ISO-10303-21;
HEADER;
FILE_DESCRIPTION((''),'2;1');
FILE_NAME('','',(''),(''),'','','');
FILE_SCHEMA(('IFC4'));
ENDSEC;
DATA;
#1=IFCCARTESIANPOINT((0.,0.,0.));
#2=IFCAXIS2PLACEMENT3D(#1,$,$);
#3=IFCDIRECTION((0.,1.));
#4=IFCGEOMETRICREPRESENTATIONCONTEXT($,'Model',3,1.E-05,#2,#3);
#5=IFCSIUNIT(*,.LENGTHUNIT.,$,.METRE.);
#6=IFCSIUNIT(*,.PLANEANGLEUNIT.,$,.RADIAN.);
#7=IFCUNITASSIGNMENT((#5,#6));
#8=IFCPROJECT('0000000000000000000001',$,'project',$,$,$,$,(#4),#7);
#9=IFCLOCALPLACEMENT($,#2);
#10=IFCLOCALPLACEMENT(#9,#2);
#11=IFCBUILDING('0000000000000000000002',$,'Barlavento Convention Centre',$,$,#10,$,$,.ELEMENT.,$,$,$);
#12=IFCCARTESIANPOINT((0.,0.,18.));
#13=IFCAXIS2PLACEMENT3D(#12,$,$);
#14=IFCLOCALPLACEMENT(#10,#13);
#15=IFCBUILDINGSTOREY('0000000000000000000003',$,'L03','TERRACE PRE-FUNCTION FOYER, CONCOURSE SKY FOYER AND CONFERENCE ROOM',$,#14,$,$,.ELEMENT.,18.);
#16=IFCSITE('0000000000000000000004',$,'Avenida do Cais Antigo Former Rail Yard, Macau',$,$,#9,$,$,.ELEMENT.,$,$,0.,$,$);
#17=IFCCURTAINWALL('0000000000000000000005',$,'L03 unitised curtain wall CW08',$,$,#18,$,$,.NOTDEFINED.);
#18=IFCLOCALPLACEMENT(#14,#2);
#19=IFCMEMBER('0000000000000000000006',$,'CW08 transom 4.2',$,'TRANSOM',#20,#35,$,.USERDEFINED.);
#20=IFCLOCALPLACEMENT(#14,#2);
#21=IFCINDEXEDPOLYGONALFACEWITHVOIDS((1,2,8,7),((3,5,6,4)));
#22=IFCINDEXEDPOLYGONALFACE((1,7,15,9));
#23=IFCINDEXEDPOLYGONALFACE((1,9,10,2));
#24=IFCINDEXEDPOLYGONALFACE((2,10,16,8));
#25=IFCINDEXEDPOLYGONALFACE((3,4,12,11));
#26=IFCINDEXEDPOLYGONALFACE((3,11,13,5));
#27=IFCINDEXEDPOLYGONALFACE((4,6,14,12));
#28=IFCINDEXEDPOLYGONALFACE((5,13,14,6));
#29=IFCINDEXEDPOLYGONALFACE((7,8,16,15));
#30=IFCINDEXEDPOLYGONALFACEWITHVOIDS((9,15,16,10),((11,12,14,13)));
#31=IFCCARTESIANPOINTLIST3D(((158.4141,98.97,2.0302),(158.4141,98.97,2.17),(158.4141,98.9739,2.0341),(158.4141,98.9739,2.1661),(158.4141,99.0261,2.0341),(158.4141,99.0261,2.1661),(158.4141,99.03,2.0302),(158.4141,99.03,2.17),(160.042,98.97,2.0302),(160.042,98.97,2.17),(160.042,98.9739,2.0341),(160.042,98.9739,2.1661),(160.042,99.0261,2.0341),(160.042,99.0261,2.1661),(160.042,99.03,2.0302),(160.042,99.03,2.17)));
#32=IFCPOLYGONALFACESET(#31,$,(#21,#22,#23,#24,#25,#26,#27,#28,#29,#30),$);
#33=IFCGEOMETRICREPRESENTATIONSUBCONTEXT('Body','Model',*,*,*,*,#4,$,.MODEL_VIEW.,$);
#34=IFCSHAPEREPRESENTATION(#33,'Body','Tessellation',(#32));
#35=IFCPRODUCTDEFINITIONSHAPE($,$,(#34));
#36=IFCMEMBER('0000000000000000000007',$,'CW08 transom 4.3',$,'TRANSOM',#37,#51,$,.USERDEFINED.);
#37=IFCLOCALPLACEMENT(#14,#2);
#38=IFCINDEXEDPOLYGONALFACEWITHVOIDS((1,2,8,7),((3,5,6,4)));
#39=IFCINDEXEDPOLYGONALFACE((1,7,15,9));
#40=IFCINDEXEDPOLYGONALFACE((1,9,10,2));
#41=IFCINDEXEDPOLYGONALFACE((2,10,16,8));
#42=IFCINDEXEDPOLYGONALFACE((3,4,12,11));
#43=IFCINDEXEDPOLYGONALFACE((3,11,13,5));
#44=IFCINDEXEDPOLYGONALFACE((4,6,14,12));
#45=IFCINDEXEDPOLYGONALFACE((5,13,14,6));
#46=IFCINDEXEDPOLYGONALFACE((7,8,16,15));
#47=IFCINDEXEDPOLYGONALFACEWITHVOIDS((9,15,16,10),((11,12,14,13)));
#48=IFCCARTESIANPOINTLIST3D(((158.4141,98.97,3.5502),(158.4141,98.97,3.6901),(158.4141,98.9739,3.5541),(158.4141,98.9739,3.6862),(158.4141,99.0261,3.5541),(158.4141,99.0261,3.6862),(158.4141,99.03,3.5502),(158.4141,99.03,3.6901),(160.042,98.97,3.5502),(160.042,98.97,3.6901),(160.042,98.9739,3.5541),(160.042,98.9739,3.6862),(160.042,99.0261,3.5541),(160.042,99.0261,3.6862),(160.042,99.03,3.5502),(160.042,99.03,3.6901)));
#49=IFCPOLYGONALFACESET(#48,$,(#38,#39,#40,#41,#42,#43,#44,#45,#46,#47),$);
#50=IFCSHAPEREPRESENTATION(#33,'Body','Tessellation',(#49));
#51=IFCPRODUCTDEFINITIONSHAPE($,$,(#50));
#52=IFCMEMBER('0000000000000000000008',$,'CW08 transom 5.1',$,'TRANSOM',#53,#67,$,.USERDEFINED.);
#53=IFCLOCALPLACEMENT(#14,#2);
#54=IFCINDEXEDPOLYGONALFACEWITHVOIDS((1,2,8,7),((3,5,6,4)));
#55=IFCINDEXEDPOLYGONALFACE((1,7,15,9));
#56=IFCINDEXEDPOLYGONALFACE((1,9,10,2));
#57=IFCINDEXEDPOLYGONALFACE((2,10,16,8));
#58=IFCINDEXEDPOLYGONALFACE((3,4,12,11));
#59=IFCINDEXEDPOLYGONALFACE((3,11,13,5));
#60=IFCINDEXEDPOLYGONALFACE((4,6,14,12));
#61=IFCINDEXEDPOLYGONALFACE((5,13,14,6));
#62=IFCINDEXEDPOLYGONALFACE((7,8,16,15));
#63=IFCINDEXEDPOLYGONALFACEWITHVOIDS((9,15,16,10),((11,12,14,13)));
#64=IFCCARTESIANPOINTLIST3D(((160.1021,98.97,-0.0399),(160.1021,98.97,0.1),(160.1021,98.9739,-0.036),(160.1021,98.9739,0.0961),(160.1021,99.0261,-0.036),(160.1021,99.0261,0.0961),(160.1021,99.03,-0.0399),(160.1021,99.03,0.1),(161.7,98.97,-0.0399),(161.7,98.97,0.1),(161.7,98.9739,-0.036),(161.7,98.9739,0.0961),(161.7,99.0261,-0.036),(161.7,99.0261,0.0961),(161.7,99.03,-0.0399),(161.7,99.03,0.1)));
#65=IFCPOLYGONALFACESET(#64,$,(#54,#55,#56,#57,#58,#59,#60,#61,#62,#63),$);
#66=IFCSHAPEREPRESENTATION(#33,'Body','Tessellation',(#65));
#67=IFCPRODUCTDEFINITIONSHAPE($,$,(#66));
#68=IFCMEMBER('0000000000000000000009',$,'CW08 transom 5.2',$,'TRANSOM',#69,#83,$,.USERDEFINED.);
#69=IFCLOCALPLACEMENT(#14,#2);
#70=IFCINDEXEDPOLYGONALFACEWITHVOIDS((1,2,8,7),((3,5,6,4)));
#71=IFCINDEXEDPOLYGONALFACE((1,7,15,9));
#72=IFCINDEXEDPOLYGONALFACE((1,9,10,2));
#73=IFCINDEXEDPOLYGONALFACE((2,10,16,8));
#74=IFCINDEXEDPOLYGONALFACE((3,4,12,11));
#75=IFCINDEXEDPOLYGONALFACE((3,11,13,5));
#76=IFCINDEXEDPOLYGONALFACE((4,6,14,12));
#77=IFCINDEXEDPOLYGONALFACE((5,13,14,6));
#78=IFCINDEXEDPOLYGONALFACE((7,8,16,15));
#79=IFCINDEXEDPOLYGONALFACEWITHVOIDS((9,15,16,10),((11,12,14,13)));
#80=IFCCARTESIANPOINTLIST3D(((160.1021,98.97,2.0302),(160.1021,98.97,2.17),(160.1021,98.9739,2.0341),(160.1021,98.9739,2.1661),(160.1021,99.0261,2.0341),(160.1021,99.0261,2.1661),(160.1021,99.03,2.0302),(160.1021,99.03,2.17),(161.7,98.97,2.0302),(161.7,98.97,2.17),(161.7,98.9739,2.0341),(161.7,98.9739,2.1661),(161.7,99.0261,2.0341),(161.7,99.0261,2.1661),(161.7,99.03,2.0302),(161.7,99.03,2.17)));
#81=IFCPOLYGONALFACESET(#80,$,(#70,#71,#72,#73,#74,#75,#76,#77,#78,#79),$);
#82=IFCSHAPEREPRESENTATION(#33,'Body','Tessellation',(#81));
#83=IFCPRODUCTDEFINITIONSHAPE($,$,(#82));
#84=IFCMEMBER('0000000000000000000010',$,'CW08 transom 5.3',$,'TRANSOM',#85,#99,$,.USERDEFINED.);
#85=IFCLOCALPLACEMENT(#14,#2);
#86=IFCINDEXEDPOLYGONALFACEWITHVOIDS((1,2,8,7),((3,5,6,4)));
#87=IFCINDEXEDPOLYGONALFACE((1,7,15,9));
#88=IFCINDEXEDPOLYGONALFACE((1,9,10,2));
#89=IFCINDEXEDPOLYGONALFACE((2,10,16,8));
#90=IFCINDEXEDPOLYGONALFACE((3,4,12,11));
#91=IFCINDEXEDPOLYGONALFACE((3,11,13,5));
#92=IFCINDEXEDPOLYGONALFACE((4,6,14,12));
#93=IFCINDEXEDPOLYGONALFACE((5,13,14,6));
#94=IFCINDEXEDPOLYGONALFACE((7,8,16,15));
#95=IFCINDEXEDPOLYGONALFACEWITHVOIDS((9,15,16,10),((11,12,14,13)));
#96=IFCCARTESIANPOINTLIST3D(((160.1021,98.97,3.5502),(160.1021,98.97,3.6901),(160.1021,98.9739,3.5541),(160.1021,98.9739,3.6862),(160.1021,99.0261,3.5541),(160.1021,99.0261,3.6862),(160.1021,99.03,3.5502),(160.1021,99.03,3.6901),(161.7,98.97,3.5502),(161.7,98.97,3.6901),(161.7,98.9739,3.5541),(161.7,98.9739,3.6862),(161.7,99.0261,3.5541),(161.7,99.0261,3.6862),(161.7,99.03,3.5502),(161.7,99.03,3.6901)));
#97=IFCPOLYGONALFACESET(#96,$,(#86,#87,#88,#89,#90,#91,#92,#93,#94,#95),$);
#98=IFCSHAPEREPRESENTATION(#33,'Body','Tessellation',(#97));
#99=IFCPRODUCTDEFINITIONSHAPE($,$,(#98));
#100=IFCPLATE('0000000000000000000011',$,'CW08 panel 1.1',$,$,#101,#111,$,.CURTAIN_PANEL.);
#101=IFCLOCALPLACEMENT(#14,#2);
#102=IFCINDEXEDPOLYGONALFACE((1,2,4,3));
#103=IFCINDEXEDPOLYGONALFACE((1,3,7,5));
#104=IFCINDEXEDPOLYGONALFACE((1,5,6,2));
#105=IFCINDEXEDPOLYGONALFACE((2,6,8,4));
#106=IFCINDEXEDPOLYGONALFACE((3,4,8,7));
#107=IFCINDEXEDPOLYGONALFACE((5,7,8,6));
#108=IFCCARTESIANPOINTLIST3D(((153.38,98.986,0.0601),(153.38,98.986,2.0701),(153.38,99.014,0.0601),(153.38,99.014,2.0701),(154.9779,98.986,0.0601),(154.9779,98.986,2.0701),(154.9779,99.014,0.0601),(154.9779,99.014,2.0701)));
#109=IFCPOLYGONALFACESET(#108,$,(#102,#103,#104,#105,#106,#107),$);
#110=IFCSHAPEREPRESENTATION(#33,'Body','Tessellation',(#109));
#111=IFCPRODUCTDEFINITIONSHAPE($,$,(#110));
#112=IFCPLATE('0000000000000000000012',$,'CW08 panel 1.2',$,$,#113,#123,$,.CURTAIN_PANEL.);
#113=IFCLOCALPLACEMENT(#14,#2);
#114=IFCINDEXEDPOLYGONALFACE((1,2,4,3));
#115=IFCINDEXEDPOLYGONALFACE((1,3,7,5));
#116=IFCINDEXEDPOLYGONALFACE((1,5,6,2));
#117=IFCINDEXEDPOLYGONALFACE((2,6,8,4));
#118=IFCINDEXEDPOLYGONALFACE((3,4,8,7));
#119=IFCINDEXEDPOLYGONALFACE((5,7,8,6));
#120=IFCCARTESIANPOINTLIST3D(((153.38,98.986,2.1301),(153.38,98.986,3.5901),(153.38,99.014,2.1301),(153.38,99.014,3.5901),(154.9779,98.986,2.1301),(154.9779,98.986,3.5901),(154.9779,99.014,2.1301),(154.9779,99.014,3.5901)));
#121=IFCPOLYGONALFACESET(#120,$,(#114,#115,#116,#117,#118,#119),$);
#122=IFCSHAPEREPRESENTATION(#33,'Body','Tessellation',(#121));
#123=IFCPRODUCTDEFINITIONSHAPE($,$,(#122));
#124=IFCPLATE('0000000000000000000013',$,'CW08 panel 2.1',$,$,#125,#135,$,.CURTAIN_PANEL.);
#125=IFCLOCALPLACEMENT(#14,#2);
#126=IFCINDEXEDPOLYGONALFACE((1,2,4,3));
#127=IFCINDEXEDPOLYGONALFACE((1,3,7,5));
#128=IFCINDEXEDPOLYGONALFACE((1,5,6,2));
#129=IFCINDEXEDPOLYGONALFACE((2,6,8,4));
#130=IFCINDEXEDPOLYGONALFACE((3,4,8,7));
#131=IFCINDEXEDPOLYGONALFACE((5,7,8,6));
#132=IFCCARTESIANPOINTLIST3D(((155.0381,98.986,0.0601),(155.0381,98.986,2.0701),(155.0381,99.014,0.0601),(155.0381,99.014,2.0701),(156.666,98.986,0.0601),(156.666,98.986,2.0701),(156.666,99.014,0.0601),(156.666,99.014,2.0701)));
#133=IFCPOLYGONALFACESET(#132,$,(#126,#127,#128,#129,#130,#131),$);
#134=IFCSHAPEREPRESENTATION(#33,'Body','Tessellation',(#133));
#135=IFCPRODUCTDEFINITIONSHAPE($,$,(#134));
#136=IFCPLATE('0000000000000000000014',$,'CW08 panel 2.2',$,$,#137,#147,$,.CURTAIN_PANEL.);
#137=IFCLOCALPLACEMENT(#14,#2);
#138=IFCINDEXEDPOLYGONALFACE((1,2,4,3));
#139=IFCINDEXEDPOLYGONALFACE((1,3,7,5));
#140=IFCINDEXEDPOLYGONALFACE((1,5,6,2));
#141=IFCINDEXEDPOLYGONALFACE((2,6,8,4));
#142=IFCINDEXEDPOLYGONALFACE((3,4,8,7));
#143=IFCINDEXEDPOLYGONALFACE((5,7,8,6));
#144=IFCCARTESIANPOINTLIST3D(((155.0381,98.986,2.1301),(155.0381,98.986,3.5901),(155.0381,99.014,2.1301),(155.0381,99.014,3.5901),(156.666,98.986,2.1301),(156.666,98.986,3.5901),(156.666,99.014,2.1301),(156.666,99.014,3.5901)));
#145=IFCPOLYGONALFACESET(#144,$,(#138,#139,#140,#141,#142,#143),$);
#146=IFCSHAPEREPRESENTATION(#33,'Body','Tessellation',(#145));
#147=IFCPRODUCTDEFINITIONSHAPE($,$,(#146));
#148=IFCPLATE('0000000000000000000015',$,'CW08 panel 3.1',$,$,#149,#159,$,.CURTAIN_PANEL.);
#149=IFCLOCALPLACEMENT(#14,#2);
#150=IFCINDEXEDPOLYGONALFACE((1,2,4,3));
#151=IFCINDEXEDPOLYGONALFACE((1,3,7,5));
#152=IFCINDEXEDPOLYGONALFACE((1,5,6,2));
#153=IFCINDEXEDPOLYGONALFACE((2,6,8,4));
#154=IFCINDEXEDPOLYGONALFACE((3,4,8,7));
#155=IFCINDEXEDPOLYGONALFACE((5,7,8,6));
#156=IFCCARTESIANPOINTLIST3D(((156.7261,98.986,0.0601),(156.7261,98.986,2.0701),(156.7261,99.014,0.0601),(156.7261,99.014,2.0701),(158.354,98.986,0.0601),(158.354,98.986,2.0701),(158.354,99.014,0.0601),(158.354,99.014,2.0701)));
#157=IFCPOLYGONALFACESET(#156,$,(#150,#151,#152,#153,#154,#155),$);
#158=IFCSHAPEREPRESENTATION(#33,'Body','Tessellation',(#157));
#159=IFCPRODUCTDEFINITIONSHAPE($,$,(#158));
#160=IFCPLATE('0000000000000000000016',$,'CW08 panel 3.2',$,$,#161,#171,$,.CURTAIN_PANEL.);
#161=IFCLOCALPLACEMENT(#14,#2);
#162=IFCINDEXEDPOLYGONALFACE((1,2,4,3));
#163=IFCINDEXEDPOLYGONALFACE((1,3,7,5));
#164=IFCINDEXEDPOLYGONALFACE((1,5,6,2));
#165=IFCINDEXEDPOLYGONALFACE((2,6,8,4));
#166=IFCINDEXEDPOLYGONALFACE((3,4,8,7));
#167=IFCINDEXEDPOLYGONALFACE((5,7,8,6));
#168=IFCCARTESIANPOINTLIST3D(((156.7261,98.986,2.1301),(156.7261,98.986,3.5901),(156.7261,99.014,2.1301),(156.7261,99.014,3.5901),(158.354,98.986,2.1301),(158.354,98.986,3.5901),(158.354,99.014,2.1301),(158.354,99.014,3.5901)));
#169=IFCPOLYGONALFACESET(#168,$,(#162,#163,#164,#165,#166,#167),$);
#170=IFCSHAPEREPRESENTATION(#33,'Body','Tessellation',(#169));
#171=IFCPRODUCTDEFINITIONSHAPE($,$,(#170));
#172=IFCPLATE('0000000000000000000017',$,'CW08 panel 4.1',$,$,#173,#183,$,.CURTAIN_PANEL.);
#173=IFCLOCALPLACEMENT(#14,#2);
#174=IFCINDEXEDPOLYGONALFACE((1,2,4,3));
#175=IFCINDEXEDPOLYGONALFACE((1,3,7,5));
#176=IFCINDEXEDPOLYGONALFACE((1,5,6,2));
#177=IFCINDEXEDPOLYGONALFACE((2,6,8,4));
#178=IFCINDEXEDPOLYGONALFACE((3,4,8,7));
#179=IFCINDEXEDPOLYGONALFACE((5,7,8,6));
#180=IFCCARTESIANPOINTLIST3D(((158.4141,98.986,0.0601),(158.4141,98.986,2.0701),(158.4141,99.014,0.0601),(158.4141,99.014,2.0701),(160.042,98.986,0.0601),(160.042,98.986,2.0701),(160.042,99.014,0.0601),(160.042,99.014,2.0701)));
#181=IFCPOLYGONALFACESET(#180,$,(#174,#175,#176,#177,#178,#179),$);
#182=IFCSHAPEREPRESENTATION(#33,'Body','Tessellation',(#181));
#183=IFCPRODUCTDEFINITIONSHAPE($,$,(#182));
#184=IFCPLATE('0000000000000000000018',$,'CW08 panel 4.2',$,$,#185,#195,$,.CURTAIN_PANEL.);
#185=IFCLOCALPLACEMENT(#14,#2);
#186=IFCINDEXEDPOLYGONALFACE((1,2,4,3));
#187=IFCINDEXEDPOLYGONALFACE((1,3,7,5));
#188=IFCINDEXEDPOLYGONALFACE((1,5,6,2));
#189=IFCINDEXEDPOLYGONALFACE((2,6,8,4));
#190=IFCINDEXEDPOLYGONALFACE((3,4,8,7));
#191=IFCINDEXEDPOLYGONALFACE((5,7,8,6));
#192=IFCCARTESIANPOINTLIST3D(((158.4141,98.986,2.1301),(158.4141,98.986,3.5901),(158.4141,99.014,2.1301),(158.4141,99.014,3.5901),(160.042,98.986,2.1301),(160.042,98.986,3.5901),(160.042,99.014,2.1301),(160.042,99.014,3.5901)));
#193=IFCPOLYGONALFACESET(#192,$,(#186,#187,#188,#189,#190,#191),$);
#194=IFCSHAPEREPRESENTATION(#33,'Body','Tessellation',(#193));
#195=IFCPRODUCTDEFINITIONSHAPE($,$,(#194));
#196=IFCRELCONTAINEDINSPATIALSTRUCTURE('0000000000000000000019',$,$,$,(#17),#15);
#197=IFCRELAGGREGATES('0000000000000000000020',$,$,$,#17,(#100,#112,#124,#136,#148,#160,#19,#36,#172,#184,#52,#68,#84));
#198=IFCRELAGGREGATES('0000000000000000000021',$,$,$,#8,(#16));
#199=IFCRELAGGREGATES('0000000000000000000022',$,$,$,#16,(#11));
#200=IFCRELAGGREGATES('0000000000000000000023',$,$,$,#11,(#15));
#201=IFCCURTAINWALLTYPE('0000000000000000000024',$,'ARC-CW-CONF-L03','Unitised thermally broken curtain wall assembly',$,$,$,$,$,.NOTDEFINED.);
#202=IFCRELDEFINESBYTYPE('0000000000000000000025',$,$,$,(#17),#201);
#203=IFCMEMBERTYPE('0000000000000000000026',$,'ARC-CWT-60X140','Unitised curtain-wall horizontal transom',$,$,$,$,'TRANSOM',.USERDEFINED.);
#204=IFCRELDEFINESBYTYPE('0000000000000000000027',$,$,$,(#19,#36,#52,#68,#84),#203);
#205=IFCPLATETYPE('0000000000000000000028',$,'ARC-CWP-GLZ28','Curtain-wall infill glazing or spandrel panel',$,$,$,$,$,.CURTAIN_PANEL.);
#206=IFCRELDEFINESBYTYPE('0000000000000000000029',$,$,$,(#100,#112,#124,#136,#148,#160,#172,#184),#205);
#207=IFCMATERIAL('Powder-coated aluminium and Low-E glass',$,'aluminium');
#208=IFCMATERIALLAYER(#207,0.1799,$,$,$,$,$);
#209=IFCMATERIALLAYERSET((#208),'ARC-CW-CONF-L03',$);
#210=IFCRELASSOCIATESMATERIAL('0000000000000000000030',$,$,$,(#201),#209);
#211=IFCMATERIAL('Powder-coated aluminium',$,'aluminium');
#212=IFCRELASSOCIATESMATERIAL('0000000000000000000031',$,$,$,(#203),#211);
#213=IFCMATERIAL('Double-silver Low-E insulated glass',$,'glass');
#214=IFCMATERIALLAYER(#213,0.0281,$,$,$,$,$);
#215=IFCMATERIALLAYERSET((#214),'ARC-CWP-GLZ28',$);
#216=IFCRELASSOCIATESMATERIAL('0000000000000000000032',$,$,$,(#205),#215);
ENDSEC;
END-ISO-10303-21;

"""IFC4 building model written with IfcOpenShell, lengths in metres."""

from ifc_helpers import new_model, si_unit, direction, frame, origin, origin_2d, place, context, subcontext, project, spatial, rectangle, hollow_rectangle, extrude, material, layer, layer_set, material_profile, profile_set, type_object, element, aggregate, save


model = new_model("IFC4")

# Units and contexts
model_context = context("Model", 3, precision=1e-05, world=origin(), true_north=direction((0.0, 1.0)))
body_context = subcontext(model_context, "Body", "Model", "MODEL_VIEW")
ifc_project = project(units=[si_unit("LENGTHUNIT", "METRE"), si_unit("PLANEANGLEUNIT", "RADIAN")], contexts=[model_context])

# Site, building, storey
site_placement = place(None, origin())
site = spatial("IfcSite", under=ifc_project, at=site_placement, Name="Avenida do Cais Antigo Former Rail Yard, Macau", CompositionType="ELEMENT", RefElevation=0.0)
building_placement = place(site_placement, origin())
building = spatial("IfcBuilding", under=site, at=building_placement, Name="Barlavento Convention Centre", CompositionType="ELEMENT")
storey_placement = place(building_placement, frame((0.0, 0.0, 18.0)))
storey = spatial("IfcBuildingStorey", under=building, at=storey_placement, Name="L03", Description="TERRACE PRE-FUNCTION FOYER, CONCOURSE SKY FOYER AND CONFERENCE ROOM", CompositionType="ELEMENT", Elevation=18.0)

# Curtain wall, members, plates
ifc_material_1 = material(Name="Powder-coated aluminium and Low-E glass", Category="aluminium")
ifc_layer_1 = layer(ifc_material_1, 0.1799)
ifc_layer_set_1 = layer_set([ifc_layer_1], Name="ARC-CW-CONF-L03")
curtain_wall_type = type_object("IfcCurtainWallType", Name="ARC-CW-CONF-L03", Description="Unitised thermally broken curtain wall assembly", PredefinedType="NOTDEFINED", material=ifc_layer_set_1)
curtain_wall_placement = place(storey_placement, origin())
curtain_wall = element("IfcCurtainWall", 1, at=curtain_wall_placement, inside=storey, type_object=curtain_wall_type, Name="L03 unitised curtain wall CW08", PredefinedType="NOTDEFINED")
ifc_material_2 = material(Name="Powder-coated aluminium", Category="aluminium")
ifc_material_profile_1 = material_profile(ifc_material_2, hollow_rectangle(XDim=0.0601, YDim=0.1399, WallThickness=0.0039, at=origin_2d()), Name="AL-TRAN 60x140x4")
ifc_profile_set_1 = profile_set([ifc_material_profile_1], Name="Powder-coated aluminium")
member_type_1 = type_object("IfcMemberType", Name="ARC-CWT-60X140", Description="Unitised curtain-wall horizontal transom", ElementType="TRANSOM", PredefinedType="USERDEFINED", material=ifc_profile_set_1)
member_1_placement = place(storey_placement, frame((158.4141, 99.0, 2.1001), z_axis=(1.0, 0.0, 0.0), x_axis=(0.0, 1.0, 0.0)))
member_1 = element("IfcMember", 2, at=member_1_placement, type_object=member_type_1, Name="CW08 transom 4.2", ObjectType="TRANSOM", PredefinedType="USERDEFINED", context=body_context, shape_type="SweptSolid", body=[
    extrude(hollow_rectangle(XDim=0.0601, YDim=0.1399, WallThickness=0.0039, at=origin_2d()), origin(), (0.0, 0.0, 1.0), 1.6279),
])
member_2_placement = place(storey_placement, frame((158.4141, 99.0, 3.6201), z_axis=(1.0, 0.0, 0.0), x_axis=(0.0, 1.0, 0.0)))
member_2 = element("IfcMember", 3, at=member_2_placement, type_object=member_type_1, Name="CW08 transom 4.3", ObjectType="TRANSOM", PredefinedType="USERDEFINED", context=body_context, shape_type="SweptSolid", body=[
    extrude(hollow_rectangle(XDim=0.0601, YDim=0.1399, WallThickness=0.0039, at=origin_2d()), origin(), (0.0, 0.0, 1.0), 1.6279),
])
member_3_placement = place(storey_placement, frame((160.1021, 99.0, 0.03), z_axis=(1.0, 0.0, 0.0), x_axis=(0.0, 1.0, 0.0)))
member_3 = element("IfcMember", 4, at=member_3_placement, type_object=member_type_1, Name="CW08 transom 5.1", ObjectType="TRANSOM", PredefinedType="USERDEFINED", context=body_context, shape_type="SweptSolid", body=[
    extrude(hollow_rectangle(XDim=0.0601, YDim=0.1399, WallThickness=0.0039, at=origin_2d()), origin(), (0.0, 0.0, 1.0), 1.5979),
])
member_4_placement = place(storey_placement, frame((160.1021, 99.0, 2.1001), z_axis=(1.0, 0.0, 0.0), x_axis=(0.0, 1.0, 0.0)))
member_4 = element("IfcMember", 5, at=member_4_placement, type_object=member_type_1, Name="CW08 transom 5.2", ObjectType="TRANSOM", PredefinedType="USERDEFINED", context=body_context, shape_type="SweptSolid", body=[
    extrude(hollow_rectangle(XDim=0.0601, YDim=0.1399, WallThickness=0.0039, at=origin_2d()), origin(), (0.0, 0.0, 1.0), 1.5979),
])
member_5_placement = place(storey_placement, frame((160.1021, 99.0, 3.6201), z_axis=(1.0, 0.0, 0.0), x_axis=(0.0, 1.0, 0.0)))
member_5 = element("IfcMember", 6, at=member_5_placement, type_object=member_type_1, Name="CW08 transom 5.3", ObjectType="TRANSOM", PredefinedType="USERDEFINED", context=body_context, shape_type="SweptSolid", body=[
    extrude(hollow_rectangle(XDim=0.0601, YDim=0.1399, WallThickness=0.0039, at=origin_2d()), origin(), (0.0, 0.0, 1.0), 1.5979),
])
ifc_material_3 = material(Name="Double-silver Low-E insulated glass", Category="glass")
ifc_layer_2 = layer(ifc_material_3, 0.0281)
ifc_layer_set_2 = layer_set([ifc_layer_2], Name="ARC-CWP-GLZ28")
plate_type = type_object("IfcPlateType", Name="ARC-CWP-GLZ28", Description="Curtain-wall infill glazing or spandrel panel", PredefinedType="CURTAIN_PANEL", material=ifc_layer_set_2)
plate_1_placement = place(storey_placement, frame((154.179, 99.0, 0.0601), z_axis=(0.0, 0.0, 1.0), x_axis=(1.0, 0.0, 0.0)))
plate_1 = element("IfcPlate", 7, at=plate_1_placement, type_object=plate_type, Name="CW08 panel 1.1", PredefinedType="CURTAIN_PANEL", context=body_context, shape_type="SweptSolid", body=[
    extrude(rectangle(XDim=1.5979, YDim=0.0281, at=origin_2d()), origin(), (0.0, 0.0, 1.0), 2.01),
])
plate_2_placement = place(storey_placement, frame((154.179, 99.0, 2.1301), z_axis=(0.0, 0.0, 1.0), x_axis=(1.0, 0.0, 0.0)))
plate_2 = element("IfcPlate", 8, at=plate_2_placement, type_object=plate_type, Name="CW08 panel 1.2", PredefinedType="CURTAIN_PANEL", context=body_context, shape_type="SweptSolid", body=[
    extrude(rectangle(XDim=1.5979, YDim=0.0281, at=origin_2d()), origin(), (0.0, 0.0, 1.0), 1.46),
])
plate_3_placement = place(storey_placement, frame((155.8521, 99.0, 0.0601), z_axis=(0.0, 0.0, 1.0), x_axis=(1.0, 0.0, 0.0)))
plate_3 = element("IfcPlate", 9, at=plate_3_placement, type_object=plate_type, Name="CW08 panel 2.1", PredefinedType="CURTAIN_PANEL", context=body_context, shape_type="SweptSolid", body=[
    extrude(rectangle(XDim=1.6279, YDim=0.0281, at=origin_2d()), origin(), (0.0, 0.0, 1.0), 2.01),
])
plate_4_placement = place(storey_placement, frame((155.8521, 99.0, 2.1301), z_axis=(0.0, 0.0, 1.0), x_axis=(1.0, 0.0, 0.0)))
plate_4 = element("IfcPlate", 10, at=plate_4_placement, type_object=plate_type, Name="CW08 panel 2.2", PredefinedType="CURTAIN_PANEL", context=body_context, shape_type="SweptSolid", body=[
    extrude(rectangle(XDim=1.6279, YDim=0.0281, at=origin_2d()), origin(), (0.0, 0.0, 1.0), 1.46),
])
plate_5_placement = place(storey_placement, frame((157.54, 99.0, 0.0601), z_axis=(0.0, 0.0, 1.0), x_axis=(1.0, 0.0, 0.0)))
plate_5 = element("IfcPlate", 11, at=plate_5_placement, type_object=plate_type, Name="CW08 panel 3.1", PredefinedType="CURTAIN_PANEL", context=body_context, shape_type="SweptSolid", body=[
    extrude(rectangle(XDim=1.6279, YDim=0.0281, at=origin_2d()), origin(), (0.0, 0.0, 1.0), 2.01),
])
plate_6_placement = place(storey_placement, frame((157.54, 99.0, 2.1301), z_axis=(0.0, 0.0, 1.0), x_axis=(1.0, 0.0, 0.0)))
plate_6 = element("IfcPlate", 12, at=plate_6_placement, type_object=plate_type, Name="CW08 panel 3.2", PredefinedType="CURTAIN_PANEL", context=body_context, shape_type="SweptSolid", body=[
    extrude(rectangle(XDim=1.6279, YDim=0.0281, at=origin_2d()), origin(), (0.0, 0.0, 1.0), 1.46),
])
plate_7_placement = place(storey_placement, frame((159.228, 99.0, 0.0601), z_axis=(0.0, 0.0, 1.0), x_axis=(1.0, 0.0, 0.0)))
plate_7 = element("IfcPlate", 13, at=plate_7_placement, type_object=plate_type, Name="CW08 panel 4.1", PredefinedType="CURTAIN_PANEL", context=body_context, shape_type="SweptSolid", body=[
    extrude(rectangle(XDim=1.6279, YDim=0.0281, at=origin_2d()), origin(), (0.0, 0.0, 1.0), 2.01),
])
plate_8_placement = place(storey_placement, frame((159.228, 99.0, 2.1301), z_axis=(0.0, 0.0, 1.0), x_axis=(1.0, 0.0, 0.0)))
plate_8 = element("IfcPlate", 14, at=plate_8_placement, type_object=plate_type, Name="CW08 panel 4.2", PredefinedType="CURTAIN_PANEL", context=body_context, shape_type="SweptSolid", body=[
    extrude(rectangle(XDim=1.6279, YDim=0.0281, at=origin_2d()), origin(), (0.0, 0.0, 1.0), 1.46),
])
aggregate(curtain_wall, [plate_1, plate_2, plate_3, plate_4, plate_5, plate_6, member_1, member_2, plate_7, plate_8, member_3, member_4, member_5])

save(model, "model.ifc")
